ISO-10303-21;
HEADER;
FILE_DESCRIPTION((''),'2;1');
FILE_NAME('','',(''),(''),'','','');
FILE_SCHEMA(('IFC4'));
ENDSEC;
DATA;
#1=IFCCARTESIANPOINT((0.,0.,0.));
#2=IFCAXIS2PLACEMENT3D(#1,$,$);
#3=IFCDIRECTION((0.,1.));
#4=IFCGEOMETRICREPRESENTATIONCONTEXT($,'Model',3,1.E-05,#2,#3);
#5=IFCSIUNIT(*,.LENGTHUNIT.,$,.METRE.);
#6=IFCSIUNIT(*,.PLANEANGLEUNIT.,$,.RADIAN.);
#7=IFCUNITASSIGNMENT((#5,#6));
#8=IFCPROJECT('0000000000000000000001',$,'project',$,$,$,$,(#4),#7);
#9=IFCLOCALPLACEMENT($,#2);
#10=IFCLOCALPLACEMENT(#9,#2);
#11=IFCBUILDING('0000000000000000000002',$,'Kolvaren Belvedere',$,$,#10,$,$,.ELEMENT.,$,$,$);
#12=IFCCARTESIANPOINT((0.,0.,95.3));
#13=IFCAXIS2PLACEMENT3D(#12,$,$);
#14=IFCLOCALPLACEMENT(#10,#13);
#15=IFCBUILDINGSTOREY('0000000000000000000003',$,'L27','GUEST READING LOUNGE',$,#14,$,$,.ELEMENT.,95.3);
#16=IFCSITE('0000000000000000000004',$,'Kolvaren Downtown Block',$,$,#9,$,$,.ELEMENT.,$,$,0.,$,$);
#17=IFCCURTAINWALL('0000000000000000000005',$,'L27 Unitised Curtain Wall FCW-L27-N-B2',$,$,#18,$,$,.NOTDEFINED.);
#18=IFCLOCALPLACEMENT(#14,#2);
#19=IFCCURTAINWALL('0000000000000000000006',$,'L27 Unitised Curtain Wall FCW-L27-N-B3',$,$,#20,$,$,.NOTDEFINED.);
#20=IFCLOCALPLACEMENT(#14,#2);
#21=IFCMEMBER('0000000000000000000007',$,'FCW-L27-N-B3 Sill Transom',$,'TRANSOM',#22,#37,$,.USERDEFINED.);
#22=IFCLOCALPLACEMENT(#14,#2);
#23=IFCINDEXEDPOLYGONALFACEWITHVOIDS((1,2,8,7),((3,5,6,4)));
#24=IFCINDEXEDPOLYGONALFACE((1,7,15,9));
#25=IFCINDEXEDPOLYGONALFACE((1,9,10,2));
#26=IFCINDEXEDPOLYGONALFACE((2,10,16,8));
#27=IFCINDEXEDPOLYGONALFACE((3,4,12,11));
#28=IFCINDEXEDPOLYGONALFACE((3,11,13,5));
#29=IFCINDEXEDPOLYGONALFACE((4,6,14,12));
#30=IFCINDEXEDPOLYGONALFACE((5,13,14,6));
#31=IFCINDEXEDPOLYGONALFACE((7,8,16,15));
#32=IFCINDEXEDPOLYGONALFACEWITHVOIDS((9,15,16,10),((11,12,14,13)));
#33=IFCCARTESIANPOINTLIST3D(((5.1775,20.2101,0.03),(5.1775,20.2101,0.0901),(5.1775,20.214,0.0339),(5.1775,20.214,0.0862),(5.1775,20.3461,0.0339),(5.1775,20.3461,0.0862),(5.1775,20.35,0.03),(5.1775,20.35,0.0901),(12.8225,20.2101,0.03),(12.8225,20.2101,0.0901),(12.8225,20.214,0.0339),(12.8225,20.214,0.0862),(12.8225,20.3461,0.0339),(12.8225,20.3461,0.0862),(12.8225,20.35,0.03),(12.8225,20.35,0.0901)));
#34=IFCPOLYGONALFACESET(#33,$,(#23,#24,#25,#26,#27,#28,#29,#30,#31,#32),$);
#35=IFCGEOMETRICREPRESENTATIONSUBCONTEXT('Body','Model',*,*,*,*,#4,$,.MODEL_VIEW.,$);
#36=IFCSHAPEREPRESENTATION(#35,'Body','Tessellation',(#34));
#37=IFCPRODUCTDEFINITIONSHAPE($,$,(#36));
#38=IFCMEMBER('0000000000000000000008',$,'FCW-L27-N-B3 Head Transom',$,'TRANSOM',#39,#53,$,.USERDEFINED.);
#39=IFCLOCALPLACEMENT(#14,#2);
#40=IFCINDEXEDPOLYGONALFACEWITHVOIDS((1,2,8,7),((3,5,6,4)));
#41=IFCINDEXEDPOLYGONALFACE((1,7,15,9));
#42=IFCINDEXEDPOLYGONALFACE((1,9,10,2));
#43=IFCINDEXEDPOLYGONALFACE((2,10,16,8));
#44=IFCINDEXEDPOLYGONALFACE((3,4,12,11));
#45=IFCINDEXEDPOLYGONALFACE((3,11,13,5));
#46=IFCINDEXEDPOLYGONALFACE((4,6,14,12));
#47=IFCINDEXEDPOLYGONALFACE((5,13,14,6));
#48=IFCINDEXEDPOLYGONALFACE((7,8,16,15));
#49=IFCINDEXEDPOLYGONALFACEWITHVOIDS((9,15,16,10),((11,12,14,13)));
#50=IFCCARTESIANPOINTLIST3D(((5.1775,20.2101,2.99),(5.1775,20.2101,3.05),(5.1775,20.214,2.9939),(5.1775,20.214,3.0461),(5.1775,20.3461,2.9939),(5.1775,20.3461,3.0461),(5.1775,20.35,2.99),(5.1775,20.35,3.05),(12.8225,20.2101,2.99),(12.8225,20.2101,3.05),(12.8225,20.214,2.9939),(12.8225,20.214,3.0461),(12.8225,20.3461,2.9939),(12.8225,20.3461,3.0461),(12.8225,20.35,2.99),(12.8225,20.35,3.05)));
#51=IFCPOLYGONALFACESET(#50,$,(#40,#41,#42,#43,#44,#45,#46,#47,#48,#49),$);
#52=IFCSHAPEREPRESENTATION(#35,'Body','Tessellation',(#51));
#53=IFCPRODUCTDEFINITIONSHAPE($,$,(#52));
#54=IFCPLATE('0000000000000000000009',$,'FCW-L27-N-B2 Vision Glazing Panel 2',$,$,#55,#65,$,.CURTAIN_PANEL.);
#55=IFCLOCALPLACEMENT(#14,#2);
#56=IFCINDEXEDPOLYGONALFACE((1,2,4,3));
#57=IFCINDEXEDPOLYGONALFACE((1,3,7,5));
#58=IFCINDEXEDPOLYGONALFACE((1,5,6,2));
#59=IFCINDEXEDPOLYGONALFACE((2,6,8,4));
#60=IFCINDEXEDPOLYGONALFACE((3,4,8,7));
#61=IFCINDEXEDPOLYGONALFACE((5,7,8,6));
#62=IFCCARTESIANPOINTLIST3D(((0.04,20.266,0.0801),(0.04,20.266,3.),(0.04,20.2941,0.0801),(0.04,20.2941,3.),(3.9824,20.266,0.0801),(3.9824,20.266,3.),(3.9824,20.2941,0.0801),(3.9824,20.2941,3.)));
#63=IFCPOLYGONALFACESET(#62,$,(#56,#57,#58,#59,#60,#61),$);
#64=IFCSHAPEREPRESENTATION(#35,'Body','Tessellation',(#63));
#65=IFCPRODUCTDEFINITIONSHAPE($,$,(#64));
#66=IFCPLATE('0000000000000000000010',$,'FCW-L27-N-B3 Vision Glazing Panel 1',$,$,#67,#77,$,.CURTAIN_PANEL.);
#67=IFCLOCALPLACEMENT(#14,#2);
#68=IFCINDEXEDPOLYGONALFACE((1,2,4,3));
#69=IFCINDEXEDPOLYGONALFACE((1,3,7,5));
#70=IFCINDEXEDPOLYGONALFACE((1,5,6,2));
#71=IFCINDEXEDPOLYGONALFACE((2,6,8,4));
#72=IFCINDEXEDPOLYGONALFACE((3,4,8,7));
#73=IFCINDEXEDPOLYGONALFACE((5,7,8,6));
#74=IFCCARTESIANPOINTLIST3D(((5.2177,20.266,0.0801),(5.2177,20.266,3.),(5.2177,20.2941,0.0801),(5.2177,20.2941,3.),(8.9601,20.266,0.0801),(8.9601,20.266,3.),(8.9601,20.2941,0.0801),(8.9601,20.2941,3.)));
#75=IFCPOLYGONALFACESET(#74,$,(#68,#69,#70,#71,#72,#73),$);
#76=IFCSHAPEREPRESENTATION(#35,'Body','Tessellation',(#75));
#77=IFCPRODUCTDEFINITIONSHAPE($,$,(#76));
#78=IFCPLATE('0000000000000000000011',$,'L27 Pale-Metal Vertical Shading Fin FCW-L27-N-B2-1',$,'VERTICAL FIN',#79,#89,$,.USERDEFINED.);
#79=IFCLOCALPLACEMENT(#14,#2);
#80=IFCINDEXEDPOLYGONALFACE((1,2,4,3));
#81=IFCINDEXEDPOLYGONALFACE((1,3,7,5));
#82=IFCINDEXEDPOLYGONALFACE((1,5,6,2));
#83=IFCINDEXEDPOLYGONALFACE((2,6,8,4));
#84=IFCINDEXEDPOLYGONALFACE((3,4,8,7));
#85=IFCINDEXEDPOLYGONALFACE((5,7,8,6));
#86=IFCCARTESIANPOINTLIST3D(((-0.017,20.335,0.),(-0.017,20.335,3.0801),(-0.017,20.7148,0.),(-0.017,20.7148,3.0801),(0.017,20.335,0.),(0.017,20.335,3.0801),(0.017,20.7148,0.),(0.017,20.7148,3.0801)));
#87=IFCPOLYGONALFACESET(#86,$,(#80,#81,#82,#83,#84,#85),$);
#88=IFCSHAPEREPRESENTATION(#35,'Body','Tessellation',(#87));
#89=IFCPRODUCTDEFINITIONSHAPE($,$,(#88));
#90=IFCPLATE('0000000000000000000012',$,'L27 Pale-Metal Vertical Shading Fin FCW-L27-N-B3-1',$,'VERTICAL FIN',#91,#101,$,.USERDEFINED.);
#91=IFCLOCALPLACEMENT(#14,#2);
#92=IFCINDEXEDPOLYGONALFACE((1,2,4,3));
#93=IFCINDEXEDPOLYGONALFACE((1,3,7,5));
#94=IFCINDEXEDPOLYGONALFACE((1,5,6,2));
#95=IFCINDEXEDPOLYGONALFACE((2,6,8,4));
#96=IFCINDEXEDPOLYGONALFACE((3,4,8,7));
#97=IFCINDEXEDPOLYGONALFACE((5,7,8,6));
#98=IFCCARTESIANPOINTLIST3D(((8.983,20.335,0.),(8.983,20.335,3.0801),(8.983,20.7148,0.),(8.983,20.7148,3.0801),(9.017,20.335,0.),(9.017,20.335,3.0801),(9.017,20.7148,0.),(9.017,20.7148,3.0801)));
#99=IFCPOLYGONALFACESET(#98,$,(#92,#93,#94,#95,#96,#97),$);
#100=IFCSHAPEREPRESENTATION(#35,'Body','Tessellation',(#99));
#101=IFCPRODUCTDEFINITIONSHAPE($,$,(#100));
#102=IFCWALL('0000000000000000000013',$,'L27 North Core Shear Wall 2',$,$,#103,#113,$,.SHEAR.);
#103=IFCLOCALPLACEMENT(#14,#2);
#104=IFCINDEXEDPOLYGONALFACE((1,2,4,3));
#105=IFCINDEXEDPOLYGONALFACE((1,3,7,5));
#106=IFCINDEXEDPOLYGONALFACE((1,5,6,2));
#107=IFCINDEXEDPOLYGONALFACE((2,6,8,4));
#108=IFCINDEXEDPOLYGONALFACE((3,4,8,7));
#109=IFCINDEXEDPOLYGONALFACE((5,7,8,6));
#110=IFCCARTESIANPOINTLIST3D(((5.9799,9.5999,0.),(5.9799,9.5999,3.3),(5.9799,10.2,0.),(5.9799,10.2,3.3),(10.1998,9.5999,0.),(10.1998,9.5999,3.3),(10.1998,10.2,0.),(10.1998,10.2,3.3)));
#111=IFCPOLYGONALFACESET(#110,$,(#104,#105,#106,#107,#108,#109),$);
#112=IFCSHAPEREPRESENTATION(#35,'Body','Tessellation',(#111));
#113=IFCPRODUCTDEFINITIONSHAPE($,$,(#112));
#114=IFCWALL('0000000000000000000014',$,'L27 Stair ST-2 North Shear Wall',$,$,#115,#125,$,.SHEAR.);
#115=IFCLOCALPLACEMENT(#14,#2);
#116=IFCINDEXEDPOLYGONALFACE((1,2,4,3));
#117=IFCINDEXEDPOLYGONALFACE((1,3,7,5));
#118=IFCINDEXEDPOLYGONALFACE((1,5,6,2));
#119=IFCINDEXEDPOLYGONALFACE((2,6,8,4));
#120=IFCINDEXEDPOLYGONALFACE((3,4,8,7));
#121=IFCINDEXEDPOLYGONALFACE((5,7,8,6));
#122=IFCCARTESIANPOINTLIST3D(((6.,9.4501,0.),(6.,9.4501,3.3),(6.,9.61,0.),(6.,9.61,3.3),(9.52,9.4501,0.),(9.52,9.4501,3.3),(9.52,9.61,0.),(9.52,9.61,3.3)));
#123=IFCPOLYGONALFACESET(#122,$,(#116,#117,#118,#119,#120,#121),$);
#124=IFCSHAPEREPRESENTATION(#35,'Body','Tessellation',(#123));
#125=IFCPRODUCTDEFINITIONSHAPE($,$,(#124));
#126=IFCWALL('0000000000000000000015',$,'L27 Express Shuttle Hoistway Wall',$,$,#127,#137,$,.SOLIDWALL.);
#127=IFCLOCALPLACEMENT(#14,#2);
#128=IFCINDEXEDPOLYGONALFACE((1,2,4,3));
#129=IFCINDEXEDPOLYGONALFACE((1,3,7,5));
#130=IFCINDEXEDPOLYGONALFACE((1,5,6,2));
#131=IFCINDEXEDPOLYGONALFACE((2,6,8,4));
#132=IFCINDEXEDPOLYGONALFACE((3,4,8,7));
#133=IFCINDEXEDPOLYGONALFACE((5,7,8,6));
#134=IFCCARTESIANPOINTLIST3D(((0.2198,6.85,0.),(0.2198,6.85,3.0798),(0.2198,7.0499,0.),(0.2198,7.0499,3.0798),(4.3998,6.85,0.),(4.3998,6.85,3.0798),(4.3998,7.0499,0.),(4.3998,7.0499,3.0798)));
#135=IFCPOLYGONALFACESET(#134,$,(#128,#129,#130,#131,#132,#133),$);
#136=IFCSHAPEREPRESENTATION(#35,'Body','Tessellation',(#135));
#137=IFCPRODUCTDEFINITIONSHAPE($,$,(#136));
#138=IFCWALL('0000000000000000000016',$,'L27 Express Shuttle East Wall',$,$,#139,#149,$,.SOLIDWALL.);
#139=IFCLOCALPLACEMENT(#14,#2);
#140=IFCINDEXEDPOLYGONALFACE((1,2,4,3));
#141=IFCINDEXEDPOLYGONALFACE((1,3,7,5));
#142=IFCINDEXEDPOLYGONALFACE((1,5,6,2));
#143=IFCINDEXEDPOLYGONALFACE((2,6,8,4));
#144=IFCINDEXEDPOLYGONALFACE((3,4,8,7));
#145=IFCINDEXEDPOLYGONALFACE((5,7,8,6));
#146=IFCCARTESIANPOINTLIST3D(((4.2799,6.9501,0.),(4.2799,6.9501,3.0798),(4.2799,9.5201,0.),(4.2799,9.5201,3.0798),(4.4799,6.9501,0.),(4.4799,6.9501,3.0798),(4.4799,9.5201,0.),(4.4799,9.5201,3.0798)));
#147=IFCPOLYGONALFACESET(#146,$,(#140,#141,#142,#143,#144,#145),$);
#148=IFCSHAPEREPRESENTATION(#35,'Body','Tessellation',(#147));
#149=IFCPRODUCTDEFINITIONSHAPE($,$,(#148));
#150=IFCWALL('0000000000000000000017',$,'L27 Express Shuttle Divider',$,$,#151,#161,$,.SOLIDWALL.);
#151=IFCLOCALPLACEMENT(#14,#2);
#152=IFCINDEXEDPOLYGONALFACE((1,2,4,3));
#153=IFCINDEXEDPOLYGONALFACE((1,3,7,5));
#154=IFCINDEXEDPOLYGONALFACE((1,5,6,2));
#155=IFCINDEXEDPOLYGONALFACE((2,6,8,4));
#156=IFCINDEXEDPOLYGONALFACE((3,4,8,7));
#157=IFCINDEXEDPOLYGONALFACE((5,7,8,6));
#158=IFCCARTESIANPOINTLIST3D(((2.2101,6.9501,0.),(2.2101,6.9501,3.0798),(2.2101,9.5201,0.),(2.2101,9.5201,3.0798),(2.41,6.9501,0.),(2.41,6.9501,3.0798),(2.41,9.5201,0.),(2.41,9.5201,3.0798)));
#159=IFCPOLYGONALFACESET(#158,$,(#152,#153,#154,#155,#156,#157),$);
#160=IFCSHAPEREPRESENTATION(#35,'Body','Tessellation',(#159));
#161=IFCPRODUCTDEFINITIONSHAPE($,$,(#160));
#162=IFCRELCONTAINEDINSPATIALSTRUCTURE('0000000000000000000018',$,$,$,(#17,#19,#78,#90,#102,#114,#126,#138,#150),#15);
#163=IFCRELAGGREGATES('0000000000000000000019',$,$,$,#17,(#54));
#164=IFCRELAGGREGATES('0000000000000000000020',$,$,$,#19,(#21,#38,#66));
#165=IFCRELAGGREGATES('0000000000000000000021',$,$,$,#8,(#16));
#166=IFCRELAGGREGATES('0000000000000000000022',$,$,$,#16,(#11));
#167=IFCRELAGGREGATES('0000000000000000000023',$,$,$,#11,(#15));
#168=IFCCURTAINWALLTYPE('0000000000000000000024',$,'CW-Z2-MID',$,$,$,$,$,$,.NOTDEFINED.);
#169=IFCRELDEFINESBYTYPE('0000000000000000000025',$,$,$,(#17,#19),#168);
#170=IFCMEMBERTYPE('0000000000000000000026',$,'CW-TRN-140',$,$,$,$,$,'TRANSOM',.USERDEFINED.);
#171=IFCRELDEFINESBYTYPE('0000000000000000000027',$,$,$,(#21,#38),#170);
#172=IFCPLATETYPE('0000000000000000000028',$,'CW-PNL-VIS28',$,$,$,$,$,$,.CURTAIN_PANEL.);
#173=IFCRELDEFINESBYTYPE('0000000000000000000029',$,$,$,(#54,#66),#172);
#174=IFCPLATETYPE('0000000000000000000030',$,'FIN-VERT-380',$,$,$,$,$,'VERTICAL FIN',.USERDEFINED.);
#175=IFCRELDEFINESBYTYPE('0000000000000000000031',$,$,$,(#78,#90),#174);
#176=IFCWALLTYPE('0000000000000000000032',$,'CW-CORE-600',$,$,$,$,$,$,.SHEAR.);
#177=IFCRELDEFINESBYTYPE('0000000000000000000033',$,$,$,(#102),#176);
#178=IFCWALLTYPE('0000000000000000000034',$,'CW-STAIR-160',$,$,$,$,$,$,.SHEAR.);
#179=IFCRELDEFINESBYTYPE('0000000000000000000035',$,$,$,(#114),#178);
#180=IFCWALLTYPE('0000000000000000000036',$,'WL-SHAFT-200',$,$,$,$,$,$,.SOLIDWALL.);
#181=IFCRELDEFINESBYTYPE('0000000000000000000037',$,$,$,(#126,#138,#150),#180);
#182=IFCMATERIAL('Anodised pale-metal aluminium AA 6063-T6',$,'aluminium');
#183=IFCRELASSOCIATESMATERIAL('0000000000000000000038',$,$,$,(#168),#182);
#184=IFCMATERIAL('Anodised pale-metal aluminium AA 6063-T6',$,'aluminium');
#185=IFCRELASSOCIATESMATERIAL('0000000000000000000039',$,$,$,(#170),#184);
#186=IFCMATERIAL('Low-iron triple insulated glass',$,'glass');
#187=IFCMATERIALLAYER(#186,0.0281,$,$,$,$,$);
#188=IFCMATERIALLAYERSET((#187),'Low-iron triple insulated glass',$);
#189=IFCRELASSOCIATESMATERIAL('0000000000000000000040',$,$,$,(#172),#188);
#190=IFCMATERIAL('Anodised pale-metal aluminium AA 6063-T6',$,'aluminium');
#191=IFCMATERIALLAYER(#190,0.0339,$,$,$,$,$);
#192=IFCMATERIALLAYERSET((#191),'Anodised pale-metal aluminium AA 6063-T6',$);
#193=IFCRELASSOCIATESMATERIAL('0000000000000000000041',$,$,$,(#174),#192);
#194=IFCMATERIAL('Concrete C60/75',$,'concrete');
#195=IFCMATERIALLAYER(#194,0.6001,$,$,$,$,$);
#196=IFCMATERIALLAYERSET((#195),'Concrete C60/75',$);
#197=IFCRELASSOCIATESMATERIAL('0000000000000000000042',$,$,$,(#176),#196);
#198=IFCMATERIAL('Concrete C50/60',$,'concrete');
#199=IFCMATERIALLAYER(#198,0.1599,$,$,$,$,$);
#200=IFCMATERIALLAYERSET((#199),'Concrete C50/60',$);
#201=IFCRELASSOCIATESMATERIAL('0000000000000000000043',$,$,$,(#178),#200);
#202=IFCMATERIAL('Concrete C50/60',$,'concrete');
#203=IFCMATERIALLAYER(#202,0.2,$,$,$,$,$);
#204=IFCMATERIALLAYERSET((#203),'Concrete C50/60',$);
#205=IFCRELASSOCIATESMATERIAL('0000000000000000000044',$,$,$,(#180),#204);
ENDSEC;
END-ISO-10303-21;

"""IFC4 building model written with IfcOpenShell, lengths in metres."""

from ifc_helpers import new_model, si_unit, direction, frame, frame_2d, origin, origin_2d, place, context, subcontext, project, spatial, rectangle, hollow_rectangle, extrude, material, layer, layer_set, material_profile, profile_set, type_object, element, aggregate, save


model = new_model("IFC4")

# Units and contexts
model_context = context("Model", 3, precision=1e-05, world=origin(), true_north=direction((0.0, 1.0)))
body_context = subcontext(model_context, "Body", "Model", "MODEL_VIEW")
ifc_project = project(units=[si_unit("LENGTHUNIT", "METRE"), si_unit("PLANEANGLEUNIT", "RADIAN")], contexts=[model_context])

# Site, building, storey
site_placement = place(None, origin())
site = spatial("IfcSite", under=ifc_project, at=site_placement, Name="Kolvaren Downtown Block", CompositionType="ELEMENT", RefElevation=0.0)
building_placement = place(site_placement, origin())
building = spatial("IfcBuilding", under=site, at=building_placement, Name="Kolvaren Belvedere", CompositionType="ELEMENT")
storey_placement = place(building_placement, frame((0.0, 0.0, 95.3)))
storey = spatial("IfcBuildingStorey", under=building, at=storey_placement, Name="L27", Description="GUEST READING LOUNGE", CompositionType="ELEMENT", Elevation=95.3)

# Curtain walls, members
ifc_material_1 = material(Name="Anodised pale-metal aluminium AA 6063-T6", Category="aluminium")
curtain_wall_type = type_object("IfcCurtainWallType", Name="CW-Z2-MID", PredefinedType="NOTDEFINED", material=ifc_material_1)
curtain_wall_1_placement = place(storey_placement, origin())
curtain_wall_1 = element("IfcCurtainWall", 1, at=curtain_wall_1_placement, inside=storey, type_object=curtain_wall_type, Name="L27 Unitised Curtain Wall FCW-L27-N-B2", PredefinedType="NOTDEFINED")
curtain_wall_2_placement = place(storey_placement, origin())
curtain_wall_2 = element("IfcCurtainWall", 2, at=curtain_wall_2_placement, inside=storey, type_object=curtain_wall_type, Name="L27 Unitised Curtain Wall FCW-L27-N-B3", PredefinedType="NOTDEFINED")
ifc_material_2 = material(Name="Anodised pale-metal aluminium AA 6063-T6", Category="aluminium")
ifc_material_profile_1 = material_profile(ifc_material_2, hollow_rectangle(XDim=0.0601, YDim=0.1399, WallThickness=0.0039, at=origin_2d()), Name="ALU-TRN-140X60")
ifc_profile_set_1 = profile_set([ifc_material_profile_1], Name="Anodised pale-metal aluminium AA 6063-T6")
member_type_1 = type_object("IfcMemberType", Name="CW-TRN-140", ElementType="TRANSOM", PredefinedType="USERDEFINED", material=ifc_profile_set_1)
member_1_placement = place(storey_placement, frame((5.1775, 20.28, 0.0601), z_axis=(1.0, 0.0, 0.0), x_axis=(0.0, 0.0, 1.0)))
member_1 = element("IfcMember", 3, at=member_1_placement, type_object=member_type_1, Name="FCW-L27-N-B3 Sill Transom", ObjectType="TRANSOM", PredefinedType="USERDEFINED", context=body_context, shape_type="SweptSolid", body=[
    extrude(hollow_rectangle(XDim=0.0601, YDim=0.1399, WallThickness=0.0039, at=origin_2d()), origin(), (0.0, 0.0, 1.0), 7.645),
])
member_2_placement = place(storey_placement, frame((5.1775, 20.28, 3.02), z_axis=(1.0, 0.0, 0.0), x_axis=(0.0, 0.0, 1.0)))
member_2 = element("IfcMember", 4, at=member_2_placement, type_object=member_type_1, Name="FCW-L27-N-B3 Head Transom", ObjectType="TRANSOM", PredefinedType="USERDEFINED", context=body_context, shape_type="SweptSolid", body=[
    extrude(hollow_rectangle(XDim=0.0601, YDim=0.1399, WallThickness=0.0039, at=origin_2d()), origin(), (0.0, 0.0, 1.0), 7.645),
])

# Plates
ifc_material_3 = material(Name="Low-iron triple insulated glass", Category="glass")
ifc_layer_1 = layer(ifc_material_3, 0.0281)
ifc_layer_set_1 = layer_set([ifc_layer_1], Name="Low-iron triple insulated glass")
plate_type_1 = type_object("IfcPlateType", Name="CW-PNL-VIS28", PredefinedType="CURTAIN_PANEL", material=ifc_layer_set_1)
plate_1_placement = place(storey_placement, frame((2.0112, 20.28, 0.0801), z_axis=(0.0, 0.0, 1.0), x_axis=(1.0, 0.0, 0.0)))
plate_1 = element("IfcPlate", 5, at=plate_1_placement, type_object=plate_type_1, Name="FCW-L27-N-B2 Vision Glazing Panel 2", PredefinedType="CURTAIN_PANEL", context=body_context, shape_type="SweptSolid", body=[
    extrude(rectangle(XDim=3.9424, YDim=0.0281, at=origin_2d()), origin(), (0.0, 0.0, 1.0), 2.9199),
])
aggregate(curtain_wall_1, [plate_1])
plate_2_placement = place(storey_placement, frame((7.0889, 20.28, 0.0801), z_axis=(0.0, 0.0, 1.0), x_axis=(1.0, 0.0, 0.0)))
plate_2 = element("IfcPlate", 6, at=plate_2_placement, type_object=plate_type_1, Name="FCW-L27-N-B3 Vision Glazing Panel 1", PredefinedType="CURTAIN_PANEL", context=body_context, shape_type="SweptSolid", body=[
    extrude(rectangle(XDim=3.7424, YDim=0.0281, at=origin_2d()), origin(), (0.0, 0.0, 1.0), 2.9199),
])
aggregate(curtain_wall_2, [member_1, member_2, plate_2])

# Plates
ifc_material_4 = material(Name="Anodised pale-metal aluminium AA 6063-T6", Category="aluminium")
ifc_layer_2 = layer(ifc_material_4, 0.0339)
ifc_layer_set_2 = layer_set([ifc_layer_2], Name="Anodised pale-metal aluminium AA 6063-T6")
plate_type_2 = type_object("IfcPlateType", Name="FIN-VERT-380", ElementType="VERTICAL FIN", PredefinedType="USERDEFINED", material=ifc_layer_set_2)
for number, where, z_axis, x_axis, name in (
    (7, (0.0, 20.5249, 0.0), (0.0, 0.0, 1.0), (0.0, 1.0, 0.0), "L27 Pale-Metal Vertical Shading Fin FCW-L27-N-B2-1"),
    (8, (9.0, 20.5249, 0.0), (0.0, 0.0, 1.0), (0.0, 1.0, 0.0), "L27 Pale-Metal Vertical Shading Fin FCW-L27-N-B3-1"),
):
    element("IfcPlate", number, at=place(storey_placement, frame(where, z_axis=z_axis, x_axis=x_axis)), inside=storey, type_object=plate_type_2, Name=name, ObjectType="VERTICAL FIN", PredefinedType="USERDEFINED", context=body_context, shape_type="SweptSolid", body=[
        extrude(rectangle(XDim=0.3799, YDim=0.0339, at=origin_2d()), origin(), (0.0, 0.0, 1.0), 3.0801),
    ])

# Walls
ifc_material_5 = material(Name="Concrete C60/75", Category="concrete")
ifc_layer_3 = layer(ifc_material_5, 0.6001)
ifc_layer_set_3 = layer_set([ifc_layer_3], Name="Concrete C60/75")
wall_type_1 = type_object("IfcWallType", Name="CW-CORE-600", PredefinedType="SHEAR", material=ifc_layer_set_3)
wall_1_placement = place(storey_placement, frame((5.98, 9.8999, 0.0), z_axis=(0.0, 0.0, 1.0), x_axis=(1.0, 0.0, 0.0)))
element("IfcWall", 9, at=wall_1_placement, inside=storey, type_object=wall_type_1, Name="L27 North Core Shear Wall 2", PredefinedType="SHEAR", context=body_context, shape_type="SweptSolid", body=[
    extrude(rectangle(XDim=4.22, YDim=0.6001, at=frame_2d((2.1099, 0.0))), origin(), (0.0, 0.0, 1.0), 3.3),
])
ifc_material_6 = material(Name="Concrete C50/60", Category="concrete")
ifc_layer_4 = layer(ifc_material_6, 0.1599)
ifc_layer_set_4 = layer_set([ifc_layer_4], Name="Concrete C50/60")
wall_type_2 = type_object("IfcWallType", Name="CW-STAIR-160", PredefinedType="SHEAR", material=ifc_layer_set_4)
wall_2_placement = place(storey_placement, frame((6.0, 9.53, 0.0), z_axis=(0.0, 0.0, 1.0), x_axis=(1.0, 0.0, 0.0)))
element("IfcWall", 10, at=wall_2_placement, inside=storey, type_object=wall_type_2, Name="L27 Stair ST-2 North Shear Wall", PredefinedType="SHEAR", context=body_context, shape_type="SweptSolid", body=[
    extrude(rectangle(XDim=3.52, YDim=0.1599, at=frame_2d((1.76, 0.0))), origin(), (0.0, 0.0, 1.0), 3.3),
])
ifc_material_7 = material(Name="Concrete C50/60", Category="concrete")
ifc_layer_5 = layer(ifc_material_7, 0.2)
ifc_layer_set_5 = layer_set([ifc_layer_5], Name="Concrete C50/60")
wall_type_3 = type_object("IfcWallType", Name="WL-SHAFT-200", PredefinedType="SOLIDWALL", material=ifc_layer_set_5)
wall_3_placement = place(storey_placement, frame((0.22, 6.95, 0.0), z_axis=(0.0, 0.0, 1.0), x_axis=(1.0, 0.0, 0.0)))
element("IfcWall", 11, at=wall_3_placement, inside=storey, type_object=wall_type_3, Name="L27 Express Shuttle Hoistway Wall", PredefinedType="SOLIDWALL", context=body_context, shape_type="SweptSolid", body=[
    extrude(rectangle(XDim=4.1799, YDim=0.2, at=frame_2d((2.0898, 0.0))), origin(), (0.0, 0.0, 1.0), 3.0798),
])
for number, where, z_axis, x_axis, name in (
    (12, (4.3799, 6.95, 0.0), (0.0, 0.0, 1.0), (0.0, 1.0, 0.0), "L27 Express Shuttle East Wall"),
    (13, (2.3101, 6.95, 0.0), (0.0, 0.0, 1.0), (0.0, 1.0, 0.0), "L27 Express Shuttle Divider"),
):
    element("IfcWall", number, at=place(storey_placement, frame(where, z_axis=z_axis, x_axis=x_axis)), inside=storey, type_object=wall_type_3, Name=name, PredefinedType="SOLIDWALL", context=body_context, shape_type="SweptSolid", body=[
        extrude(rectangle(XDim=2.5701, YDim=0.2, at=frame_2d((1.2852, 0.0))), origin(), (0.0, 0.0, 1.0), 3.0798),
    ])

save(model, "model.ifc")
